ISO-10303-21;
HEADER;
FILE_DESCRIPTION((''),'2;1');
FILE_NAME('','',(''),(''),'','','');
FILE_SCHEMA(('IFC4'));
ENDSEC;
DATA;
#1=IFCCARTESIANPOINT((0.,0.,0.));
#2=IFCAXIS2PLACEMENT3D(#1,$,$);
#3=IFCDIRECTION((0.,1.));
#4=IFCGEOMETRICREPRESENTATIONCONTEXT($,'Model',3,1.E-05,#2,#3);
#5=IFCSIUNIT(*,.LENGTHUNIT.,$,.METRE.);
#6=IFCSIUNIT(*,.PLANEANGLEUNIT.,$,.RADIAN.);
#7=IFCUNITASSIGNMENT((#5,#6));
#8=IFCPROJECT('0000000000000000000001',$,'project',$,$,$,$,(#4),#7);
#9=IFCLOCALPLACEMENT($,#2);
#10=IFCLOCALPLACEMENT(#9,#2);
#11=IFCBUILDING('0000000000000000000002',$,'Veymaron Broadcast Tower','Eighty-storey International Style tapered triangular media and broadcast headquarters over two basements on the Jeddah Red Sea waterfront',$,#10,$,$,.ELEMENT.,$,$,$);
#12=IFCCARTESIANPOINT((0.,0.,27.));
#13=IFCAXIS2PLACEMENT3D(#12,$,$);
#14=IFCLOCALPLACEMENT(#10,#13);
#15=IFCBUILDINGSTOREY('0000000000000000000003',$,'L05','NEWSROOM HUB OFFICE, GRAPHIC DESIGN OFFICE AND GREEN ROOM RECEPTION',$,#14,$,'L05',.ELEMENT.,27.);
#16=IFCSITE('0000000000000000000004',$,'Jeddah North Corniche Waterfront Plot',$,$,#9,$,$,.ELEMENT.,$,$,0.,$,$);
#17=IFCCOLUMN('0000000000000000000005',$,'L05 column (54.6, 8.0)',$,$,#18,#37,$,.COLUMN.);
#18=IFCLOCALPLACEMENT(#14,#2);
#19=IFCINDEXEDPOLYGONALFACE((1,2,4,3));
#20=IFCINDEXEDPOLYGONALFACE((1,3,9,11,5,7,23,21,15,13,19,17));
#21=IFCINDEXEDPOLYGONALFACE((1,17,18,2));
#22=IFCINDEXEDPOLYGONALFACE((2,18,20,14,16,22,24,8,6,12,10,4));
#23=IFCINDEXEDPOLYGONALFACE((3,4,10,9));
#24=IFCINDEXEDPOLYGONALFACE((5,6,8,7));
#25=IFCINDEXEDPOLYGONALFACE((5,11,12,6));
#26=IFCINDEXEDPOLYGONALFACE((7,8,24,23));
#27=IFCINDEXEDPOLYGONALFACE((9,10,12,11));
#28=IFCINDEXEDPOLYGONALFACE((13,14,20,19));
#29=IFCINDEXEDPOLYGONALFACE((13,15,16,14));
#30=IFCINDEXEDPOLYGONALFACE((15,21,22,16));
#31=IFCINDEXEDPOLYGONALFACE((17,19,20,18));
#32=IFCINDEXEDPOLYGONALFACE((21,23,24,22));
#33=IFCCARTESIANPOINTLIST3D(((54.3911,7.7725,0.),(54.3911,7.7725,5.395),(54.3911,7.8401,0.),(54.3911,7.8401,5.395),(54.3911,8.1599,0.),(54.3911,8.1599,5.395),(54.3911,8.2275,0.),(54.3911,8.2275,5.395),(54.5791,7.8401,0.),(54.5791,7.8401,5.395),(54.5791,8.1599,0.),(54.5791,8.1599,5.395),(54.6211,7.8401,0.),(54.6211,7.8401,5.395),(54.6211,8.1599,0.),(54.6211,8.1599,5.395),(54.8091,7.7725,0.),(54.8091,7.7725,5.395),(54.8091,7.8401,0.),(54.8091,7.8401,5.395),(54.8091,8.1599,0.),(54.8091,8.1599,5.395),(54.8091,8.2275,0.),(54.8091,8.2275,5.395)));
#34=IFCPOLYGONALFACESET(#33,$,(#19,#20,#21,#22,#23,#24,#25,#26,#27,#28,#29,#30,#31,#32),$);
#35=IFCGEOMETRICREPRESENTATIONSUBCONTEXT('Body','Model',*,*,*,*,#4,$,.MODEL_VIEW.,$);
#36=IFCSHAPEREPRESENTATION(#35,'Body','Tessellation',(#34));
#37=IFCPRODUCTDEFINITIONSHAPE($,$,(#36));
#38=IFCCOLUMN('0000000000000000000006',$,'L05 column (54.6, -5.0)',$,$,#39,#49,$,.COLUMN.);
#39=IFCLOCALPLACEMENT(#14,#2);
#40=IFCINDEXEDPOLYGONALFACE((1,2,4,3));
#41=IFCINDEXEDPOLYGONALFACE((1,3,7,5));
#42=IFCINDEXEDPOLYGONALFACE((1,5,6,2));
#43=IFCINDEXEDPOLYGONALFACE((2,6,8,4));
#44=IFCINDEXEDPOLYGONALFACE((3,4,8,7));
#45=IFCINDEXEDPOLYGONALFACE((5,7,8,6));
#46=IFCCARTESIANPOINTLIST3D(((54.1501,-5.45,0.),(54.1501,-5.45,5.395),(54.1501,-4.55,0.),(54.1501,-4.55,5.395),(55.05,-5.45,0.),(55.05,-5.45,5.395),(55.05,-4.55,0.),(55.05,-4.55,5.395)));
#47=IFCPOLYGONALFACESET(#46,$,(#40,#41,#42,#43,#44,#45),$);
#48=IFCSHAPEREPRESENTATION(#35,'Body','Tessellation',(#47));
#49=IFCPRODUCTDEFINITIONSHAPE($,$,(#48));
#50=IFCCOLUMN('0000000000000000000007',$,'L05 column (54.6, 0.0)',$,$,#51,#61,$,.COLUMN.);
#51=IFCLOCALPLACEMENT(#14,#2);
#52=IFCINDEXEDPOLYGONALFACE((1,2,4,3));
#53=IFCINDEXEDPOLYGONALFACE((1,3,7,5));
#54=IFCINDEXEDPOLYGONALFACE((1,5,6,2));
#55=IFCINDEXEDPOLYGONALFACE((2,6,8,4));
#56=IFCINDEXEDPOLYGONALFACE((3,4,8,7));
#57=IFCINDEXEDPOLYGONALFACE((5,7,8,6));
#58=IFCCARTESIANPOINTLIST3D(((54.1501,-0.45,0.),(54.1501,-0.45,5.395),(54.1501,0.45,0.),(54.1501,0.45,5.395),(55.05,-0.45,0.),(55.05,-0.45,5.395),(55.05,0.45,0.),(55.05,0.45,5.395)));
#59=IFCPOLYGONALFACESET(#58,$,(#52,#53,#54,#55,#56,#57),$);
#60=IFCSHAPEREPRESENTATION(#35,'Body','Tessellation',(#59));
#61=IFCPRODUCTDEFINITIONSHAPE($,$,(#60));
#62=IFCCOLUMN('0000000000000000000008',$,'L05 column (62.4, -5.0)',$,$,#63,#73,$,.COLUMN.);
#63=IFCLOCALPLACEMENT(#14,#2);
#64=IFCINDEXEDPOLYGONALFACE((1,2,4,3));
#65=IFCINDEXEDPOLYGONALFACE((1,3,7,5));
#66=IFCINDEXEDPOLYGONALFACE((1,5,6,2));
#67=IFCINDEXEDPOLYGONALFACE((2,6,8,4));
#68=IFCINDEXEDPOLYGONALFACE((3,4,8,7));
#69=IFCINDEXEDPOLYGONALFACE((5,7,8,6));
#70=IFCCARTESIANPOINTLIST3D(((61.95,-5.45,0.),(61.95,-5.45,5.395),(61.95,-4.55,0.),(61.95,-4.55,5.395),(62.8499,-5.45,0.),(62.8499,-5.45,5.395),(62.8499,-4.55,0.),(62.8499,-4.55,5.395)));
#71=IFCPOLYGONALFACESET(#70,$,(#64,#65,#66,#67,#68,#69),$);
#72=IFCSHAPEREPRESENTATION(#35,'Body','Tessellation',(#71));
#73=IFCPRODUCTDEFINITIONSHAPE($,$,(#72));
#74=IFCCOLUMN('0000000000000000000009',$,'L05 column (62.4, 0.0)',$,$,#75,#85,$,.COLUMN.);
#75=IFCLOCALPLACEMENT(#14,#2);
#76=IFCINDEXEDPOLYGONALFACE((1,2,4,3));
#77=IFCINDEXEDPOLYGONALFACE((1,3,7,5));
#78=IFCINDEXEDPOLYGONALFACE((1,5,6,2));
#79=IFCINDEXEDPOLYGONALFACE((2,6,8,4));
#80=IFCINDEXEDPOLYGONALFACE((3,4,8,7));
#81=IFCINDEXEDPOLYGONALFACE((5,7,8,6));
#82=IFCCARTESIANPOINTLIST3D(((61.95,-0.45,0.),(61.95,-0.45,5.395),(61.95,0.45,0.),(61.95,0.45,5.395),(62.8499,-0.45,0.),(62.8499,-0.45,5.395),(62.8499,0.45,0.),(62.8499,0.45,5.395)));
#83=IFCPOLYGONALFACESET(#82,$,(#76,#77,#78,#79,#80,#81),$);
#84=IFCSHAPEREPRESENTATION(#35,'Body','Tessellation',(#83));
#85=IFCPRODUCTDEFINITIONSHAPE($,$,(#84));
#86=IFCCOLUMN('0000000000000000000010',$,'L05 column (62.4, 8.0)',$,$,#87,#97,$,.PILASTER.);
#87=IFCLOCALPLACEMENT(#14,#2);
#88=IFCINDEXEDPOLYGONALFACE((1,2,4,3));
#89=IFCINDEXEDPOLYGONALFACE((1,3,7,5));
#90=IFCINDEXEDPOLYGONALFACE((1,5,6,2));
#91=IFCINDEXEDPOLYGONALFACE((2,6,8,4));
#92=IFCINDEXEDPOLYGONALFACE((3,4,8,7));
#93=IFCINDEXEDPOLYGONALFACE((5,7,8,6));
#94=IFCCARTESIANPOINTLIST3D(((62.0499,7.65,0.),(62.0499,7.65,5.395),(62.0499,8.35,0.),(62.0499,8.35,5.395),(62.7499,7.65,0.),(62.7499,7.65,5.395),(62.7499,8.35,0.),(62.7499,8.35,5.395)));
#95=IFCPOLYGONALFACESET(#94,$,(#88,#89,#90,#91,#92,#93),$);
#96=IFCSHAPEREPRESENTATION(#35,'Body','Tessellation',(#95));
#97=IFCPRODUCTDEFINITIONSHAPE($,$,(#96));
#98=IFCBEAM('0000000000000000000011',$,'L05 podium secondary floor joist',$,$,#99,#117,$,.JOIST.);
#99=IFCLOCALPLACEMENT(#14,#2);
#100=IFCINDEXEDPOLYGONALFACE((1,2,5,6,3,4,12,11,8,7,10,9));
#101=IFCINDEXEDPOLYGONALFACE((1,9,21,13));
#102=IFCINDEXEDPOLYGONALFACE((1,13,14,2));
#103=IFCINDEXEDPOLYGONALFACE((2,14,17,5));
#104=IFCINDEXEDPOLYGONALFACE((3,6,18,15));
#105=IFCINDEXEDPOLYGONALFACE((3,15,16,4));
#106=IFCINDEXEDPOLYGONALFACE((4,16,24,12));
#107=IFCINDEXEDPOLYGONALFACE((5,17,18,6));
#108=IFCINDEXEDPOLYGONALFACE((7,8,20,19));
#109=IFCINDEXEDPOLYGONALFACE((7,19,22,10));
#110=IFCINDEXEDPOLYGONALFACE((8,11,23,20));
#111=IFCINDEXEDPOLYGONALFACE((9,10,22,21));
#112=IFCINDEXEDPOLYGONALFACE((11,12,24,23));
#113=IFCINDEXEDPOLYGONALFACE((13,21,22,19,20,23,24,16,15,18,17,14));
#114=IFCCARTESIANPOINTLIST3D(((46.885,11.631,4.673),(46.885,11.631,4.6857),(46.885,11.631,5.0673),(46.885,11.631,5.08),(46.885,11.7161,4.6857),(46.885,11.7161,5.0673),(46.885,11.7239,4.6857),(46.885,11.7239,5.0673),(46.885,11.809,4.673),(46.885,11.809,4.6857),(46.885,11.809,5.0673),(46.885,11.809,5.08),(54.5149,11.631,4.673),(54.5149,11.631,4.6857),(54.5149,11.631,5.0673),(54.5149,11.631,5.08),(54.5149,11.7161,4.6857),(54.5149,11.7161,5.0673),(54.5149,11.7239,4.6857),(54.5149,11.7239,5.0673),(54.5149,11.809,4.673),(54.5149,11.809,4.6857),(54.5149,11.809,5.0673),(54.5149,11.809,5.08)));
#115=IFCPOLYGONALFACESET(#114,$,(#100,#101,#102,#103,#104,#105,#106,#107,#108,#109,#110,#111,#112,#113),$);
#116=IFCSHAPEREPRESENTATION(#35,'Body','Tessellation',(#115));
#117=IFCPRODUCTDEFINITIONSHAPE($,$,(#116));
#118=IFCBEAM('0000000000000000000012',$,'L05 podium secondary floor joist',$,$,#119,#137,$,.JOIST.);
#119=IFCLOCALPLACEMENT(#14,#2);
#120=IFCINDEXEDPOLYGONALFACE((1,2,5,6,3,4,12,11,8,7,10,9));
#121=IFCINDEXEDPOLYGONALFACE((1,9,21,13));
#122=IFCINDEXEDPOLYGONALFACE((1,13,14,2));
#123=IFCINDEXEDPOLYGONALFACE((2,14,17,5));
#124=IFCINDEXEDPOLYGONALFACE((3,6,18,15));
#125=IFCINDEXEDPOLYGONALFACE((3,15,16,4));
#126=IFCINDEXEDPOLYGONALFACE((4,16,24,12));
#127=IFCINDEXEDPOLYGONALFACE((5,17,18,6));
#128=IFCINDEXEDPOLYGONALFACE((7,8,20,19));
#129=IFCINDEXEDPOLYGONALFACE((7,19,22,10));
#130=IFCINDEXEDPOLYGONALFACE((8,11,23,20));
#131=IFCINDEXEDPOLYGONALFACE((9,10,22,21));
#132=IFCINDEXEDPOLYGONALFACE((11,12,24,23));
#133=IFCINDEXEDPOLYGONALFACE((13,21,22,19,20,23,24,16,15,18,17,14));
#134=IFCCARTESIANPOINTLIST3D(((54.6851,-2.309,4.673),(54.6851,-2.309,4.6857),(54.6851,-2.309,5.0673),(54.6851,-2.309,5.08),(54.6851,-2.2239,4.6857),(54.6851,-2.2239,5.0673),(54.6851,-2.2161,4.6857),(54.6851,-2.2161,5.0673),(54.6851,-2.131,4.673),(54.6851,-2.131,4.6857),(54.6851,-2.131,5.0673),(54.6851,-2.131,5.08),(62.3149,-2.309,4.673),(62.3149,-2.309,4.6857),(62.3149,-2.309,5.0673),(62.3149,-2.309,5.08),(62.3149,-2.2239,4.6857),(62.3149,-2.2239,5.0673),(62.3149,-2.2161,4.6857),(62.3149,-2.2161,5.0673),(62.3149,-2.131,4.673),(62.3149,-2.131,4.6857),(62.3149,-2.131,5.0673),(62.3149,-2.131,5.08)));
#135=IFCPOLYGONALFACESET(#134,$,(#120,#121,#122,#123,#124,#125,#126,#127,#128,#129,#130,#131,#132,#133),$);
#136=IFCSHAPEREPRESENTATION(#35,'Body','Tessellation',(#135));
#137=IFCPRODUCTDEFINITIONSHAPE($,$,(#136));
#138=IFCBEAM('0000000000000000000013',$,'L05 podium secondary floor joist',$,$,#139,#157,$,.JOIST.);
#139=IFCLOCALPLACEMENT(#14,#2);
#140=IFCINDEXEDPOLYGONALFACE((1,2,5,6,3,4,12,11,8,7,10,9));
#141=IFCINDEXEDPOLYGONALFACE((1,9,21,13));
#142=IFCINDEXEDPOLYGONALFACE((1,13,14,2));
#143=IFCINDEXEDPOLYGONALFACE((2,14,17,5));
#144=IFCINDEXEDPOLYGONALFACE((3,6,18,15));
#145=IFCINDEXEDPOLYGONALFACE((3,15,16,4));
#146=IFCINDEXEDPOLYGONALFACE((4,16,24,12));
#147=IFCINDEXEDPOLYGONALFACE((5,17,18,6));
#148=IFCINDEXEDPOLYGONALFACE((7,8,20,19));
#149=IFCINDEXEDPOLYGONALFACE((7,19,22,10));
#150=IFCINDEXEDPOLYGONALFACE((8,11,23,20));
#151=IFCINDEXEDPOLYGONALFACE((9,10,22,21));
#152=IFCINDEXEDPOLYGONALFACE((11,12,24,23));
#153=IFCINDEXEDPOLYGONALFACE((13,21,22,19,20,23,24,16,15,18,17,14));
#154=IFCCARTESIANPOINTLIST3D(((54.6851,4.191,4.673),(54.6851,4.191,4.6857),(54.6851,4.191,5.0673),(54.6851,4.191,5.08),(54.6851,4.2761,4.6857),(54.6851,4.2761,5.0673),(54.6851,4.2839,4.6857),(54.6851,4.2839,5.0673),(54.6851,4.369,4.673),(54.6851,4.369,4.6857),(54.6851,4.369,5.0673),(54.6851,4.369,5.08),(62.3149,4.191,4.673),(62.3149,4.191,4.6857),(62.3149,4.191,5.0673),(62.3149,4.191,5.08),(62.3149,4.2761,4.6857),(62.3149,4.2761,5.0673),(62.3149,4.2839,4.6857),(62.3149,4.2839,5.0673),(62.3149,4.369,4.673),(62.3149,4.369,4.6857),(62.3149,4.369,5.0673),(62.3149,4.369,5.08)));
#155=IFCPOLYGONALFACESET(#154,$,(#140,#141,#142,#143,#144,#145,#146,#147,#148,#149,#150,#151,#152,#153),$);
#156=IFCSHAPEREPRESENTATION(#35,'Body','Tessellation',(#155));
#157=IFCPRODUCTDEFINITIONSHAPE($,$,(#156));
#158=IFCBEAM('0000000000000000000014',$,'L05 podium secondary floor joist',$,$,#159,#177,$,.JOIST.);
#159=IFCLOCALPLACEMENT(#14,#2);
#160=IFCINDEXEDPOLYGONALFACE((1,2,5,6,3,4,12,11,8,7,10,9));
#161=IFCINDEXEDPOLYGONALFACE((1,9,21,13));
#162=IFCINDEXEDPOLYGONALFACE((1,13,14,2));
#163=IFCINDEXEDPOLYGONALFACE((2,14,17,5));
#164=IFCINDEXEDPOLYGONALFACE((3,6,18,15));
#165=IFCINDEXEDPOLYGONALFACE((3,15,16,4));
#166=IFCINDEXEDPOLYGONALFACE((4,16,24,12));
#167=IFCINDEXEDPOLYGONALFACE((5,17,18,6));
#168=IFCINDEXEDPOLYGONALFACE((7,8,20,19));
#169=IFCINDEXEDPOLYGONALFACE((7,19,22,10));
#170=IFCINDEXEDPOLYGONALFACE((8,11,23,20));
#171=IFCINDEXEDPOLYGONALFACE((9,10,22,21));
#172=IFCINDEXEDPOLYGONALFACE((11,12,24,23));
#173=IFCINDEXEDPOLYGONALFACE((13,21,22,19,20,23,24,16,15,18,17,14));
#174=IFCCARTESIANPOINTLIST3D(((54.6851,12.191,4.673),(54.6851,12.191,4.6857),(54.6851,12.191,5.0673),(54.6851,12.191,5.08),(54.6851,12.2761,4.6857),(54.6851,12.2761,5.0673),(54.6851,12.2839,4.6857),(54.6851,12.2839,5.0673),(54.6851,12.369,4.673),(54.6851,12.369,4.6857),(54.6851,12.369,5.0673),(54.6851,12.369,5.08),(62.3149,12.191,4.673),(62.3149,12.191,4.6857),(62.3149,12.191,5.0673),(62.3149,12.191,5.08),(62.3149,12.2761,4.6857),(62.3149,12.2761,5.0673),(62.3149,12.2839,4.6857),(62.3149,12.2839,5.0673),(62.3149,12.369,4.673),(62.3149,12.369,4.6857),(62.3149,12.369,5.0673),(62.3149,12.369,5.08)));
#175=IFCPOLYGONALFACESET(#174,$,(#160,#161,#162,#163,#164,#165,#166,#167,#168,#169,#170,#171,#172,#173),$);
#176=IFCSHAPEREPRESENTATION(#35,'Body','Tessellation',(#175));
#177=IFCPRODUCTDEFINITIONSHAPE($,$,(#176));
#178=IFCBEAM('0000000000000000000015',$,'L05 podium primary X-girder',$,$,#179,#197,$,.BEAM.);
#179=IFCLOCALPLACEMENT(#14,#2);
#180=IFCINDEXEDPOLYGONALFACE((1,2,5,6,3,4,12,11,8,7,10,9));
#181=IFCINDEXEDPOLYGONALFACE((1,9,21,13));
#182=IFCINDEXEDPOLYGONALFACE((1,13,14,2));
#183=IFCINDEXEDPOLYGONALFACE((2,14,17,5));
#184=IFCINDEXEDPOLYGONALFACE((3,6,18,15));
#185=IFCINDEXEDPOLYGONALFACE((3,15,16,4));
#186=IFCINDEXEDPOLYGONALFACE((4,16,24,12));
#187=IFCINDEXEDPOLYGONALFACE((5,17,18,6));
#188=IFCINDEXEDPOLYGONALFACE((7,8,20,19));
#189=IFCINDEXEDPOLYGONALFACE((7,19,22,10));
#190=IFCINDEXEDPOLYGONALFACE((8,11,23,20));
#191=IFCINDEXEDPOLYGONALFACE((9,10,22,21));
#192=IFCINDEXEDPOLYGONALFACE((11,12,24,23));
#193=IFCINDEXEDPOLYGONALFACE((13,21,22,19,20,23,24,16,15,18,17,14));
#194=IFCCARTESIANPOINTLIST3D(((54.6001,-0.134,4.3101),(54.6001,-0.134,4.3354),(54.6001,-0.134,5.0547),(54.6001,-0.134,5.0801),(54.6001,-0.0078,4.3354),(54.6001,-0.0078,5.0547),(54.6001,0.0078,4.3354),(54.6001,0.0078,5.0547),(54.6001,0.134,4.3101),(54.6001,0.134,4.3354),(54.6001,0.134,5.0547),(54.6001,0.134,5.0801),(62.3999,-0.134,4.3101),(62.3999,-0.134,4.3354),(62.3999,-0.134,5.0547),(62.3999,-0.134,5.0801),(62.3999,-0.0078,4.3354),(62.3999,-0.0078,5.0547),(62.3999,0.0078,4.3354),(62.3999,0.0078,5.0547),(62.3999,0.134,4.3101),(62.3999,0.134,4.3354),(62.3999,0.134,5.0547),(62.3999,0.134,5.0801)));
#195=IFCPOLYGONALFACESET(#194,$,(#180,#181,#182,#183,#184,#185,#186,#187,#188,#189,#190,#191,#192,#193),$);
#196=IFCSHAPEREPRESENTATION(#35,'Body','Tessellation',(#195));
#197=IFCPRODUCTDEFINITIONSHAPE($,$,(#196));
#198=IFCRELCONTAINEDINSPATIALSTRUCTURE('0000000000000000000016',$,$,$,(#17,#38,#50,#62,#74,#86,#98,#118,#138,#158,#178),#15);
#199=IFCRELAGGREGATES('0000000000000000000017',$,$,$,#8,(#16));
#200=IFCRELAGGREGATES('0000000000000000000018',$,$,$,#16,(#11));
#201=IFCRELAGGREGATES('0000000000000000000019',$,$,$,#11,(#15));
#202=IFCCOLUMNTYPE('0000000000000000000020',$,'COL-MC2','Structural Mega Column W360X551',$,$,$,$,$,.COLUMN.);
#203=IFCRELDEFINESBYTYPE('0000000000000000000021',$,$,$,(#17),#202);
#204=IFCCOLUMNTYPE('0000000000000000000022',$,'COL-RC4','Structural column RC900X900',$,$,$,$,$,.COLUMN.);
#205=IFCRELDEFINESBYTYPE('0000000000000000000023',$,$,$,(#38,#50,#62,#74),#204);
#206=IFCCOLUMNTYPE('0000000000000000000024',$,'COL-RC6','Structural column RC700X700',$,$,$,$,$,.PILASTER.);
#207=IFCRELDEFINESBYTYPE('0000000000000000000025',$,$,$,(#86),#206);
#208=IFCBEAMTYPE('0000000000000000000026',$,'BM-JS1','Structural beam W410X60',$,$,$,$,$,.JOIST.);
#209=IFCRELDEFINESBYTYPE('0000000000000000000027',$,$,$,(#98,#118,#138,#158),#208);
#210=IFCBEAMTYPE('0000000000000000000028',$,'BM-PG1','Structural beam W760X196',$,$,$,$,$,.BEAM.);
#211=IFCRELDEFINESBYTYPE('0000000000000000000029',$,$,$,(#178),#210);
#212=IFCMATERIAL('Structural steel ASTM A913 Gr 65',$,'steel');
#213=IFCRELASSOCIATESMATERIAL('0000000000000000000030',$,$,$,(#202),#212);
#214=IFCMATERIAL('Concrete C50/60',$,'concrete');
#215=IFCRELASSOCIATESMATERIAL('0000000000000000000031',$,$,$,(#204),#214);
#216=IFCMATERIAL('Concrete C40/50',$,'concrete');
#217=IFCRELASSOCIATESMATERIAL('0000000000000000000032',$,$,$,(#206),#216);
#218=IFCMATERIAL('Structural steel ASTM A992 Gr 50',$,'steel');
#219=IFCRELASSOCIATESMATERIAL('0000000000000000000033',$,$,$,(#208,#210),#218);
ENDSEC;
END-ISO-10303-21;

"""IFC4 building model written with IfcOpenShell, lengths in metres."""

from ifc_helpers import new_model, si_unit, direction, frame, origin, origin_2d, place, context, subcontext, project, spatial, rectangle, i_section, extrude, material, material_profile, profile_set, type_object, element, save


model = new_model("IFC4")

# Units and contexts
model_context = context("Model", 3, precision=1e-05, world=origin(), true_north=direction((0.0, 1.0)))
body_context = subcontext(model_context, "Body", "Model", "MODEL_VIEW")
ifc_project = project(units=[si_unit("LENGTHUNIT", "METRE"), si_unit("PLANEANGLEUNIT", "RADIAN")], contexts=[model_context])

# Site, building, storey
site_placement = place(None, origin())
site = spatial("IfcSite", under=ifc_project, at=site_placement, Name="Jeddah North Corniche Waterfront Plot", CompositionType="ELEMENT", RefElevation=0.0)
building_placement = place(site_placement, origin())
building = spatial("IfcBuilding", under=site, at=building_placement, Name="Veymaron Broadcast Tower", Description="Eighty-storey International Style tapered triangular media and broadcast headquarters over two basements on the Jeddah Red Sea waterfront", CompositionType="ELEMENT")
storey_placement = place(building_placement, frame((0.0, 0.0, 27.0)))
storey = spatial("IfcBuildingStorey", under=building, at=storey_placement, Name="L05", Description="NEWSROOM HUB OFFICE, GRAPHIC DESIGN OFFICE AND GREEN ROOM RECEPTION", LongName="L05", CompositionType="ELEMENT", Elevation=27.0)

# Columns
ifc_material_1 = material(Name="Structural steel ASTM A913 Gr 65", Category="steel")
ifc_material_profile_1 = material_profile(ifc_material_1, i_section(OverallWidth=0.418, OverallDepth=0.4551, WebThickness=0.042, FlangeThickness=0.0676, at=origin_2d()), Name="W360X551")
ifc_profile_set_1 = profile_set([ifc_material_profile_1], Name="Structural steel ASTM A913 Gr 65")
column_type_1 = type_object("IfcColumnType", Name="COL-MC2", Description="Structural Mega Column W360X551", PredefinedType="COLUMN", material=ifc_profile_set_1)
column_1_placement = place(storey_placement, frame((54.6001, 8.0, 0.0), z_axis=(0.0, 0.0, 1.0), x_axis=(1.0, 0.0, 0.0)))
element("IfcColumn", 1, at=column_1_placement, inside=storey, type_object=column_type_1, Name="L05 column (54.6, 8.0)", PredefinedType="COLUMN", context=body_context, shape_type="SweptSolid", body=[
    extrude(i_section(OverallWidth=0.418, OverallDepth=0.4551, WebThickness=0.042, FlangeThickness=0.0676, at=origin_2d()), origin(), (0.0, 0.0, 1.0), 5.395),
])
ifc_material_2 = material(Name="Concrete C50/60", Category="concrete")
ifc_material_profile_2 = material_profile(ifc_material_2, rectangle(XDim=0.8999, YDim=0.8999, at=origin_2d()), Name="RC900X900")
ifc_profile_set_2 = profile_set([ifc_material_profile_2], Name="Concrete C50/60")
column_type_2 = type_object("IfcColumnType", Name="COL-RC4", Description="Structural column RC900X900", PredefinedType="COLUMN", material=ifc_profile_set_2)
for number, where, z_axis, x_axis, name in (
    (2, (54.6001, -5.0, 0.0), (0.0, 0.0, 1.0), (1.0, 0.0, 0.0), "L05 column (54.6, -5.0)"),
    (3, (54.6001, 0.0, 0.0), (0.0, 0.0, 1.0), (1.0, 0.0, 0.0), "L05 column (54.6, 0.0)"),
    (4, (62.3999, -5.0, 0.0), (0.0, 0.0, 1.0), (1.0, 0.0, 0.0), "L05 column (62.4, -5.0)"),
    (5, (62.3999, 0.0, 0.0), (0.0, 0.0, 1.0), (1.0, 0.0, 0.0), "L05 column (62.4, 0.0)"),
):
    element("IfcColumn", number, at=place(storey_placement, frame(where, z_axis=z_axis, x_axis=x_axis)), inside=storey, type_object=column_type_2, Name=name, PredefinedType="COLUMN", context=body_context, shape_type="SweptSolid", body=[
        extrude(rectangle(XDim=0.8999, YDim=0.8999, at=origin_2d()), origin(), (0.0, 0.0, 1.0), 5.395),
    ])
ifc_material_3 = material(Name="Concrete C40/50", Category="concrete")
ifc_material_profile_3 = material_profile(ifc_material_3, rectangle(XDim=0.7, YDim=0.7, at=origin_2d()), Name="RC700X700")
ifc_profile_set_3 = profile_set([ifc_material_profile_3], Name="Concrete C40/50")
column_type_3 = type_object("IfcColumnType", Name="COL-RC6", Description="Structural column RC700X700", PredefinedType="PILASTER", material=ifc_profile_set_3)
column_2_placement = place(storey_placement, frame((62.3999, 8.0, 0.0), z_axis=(0.0, 0.0, 1.0), x_axis=(1.0, 0.0, 0.0)))
element("IfcColumn", 6, at=column_2_placement, inside=storey, type_object=column_type_3, Name="L05 column (62.4, 8.0)", PredefinedType="PILASTER", context=body_context, shape_type="SweptSolid", body=[
    extrude(rectangle(XDim=0.7, YDim=0.7, at=origin_2d()), origin(), (0.0, 0.0, 1.0), 5.395),
])

# Beams
ifc_material_4 = material(Name="Structural steel ASTM A992 Gr 50", Category="steel")
ifc_material_profile_4 = material_profile(ifc_material_4, i_section(OverallWidth=0.178, OverallDepth=0.407, WebThickness=0.0078, FlangeThickness=0.0127, at=origin_2d()), Name="W410X60")
ifc_profile_set_4 = profile_set([ifc_material_profile_4], Name="Structural steel ASTM A992 Gr 50")
beam_type_1 = type_object("IfcBeamType", Name="BM-JS1", Description="Structural beam W410X60", PredefinedType="JOIST", material=ifc_profile_set_4)
for number, where, z_axis, x_axis, name in (
    (7, (46.885, 11.72, 4.8765), (1.0, 0.0, 0.0), (0.0, 1.0, 0.0), "L05 podium secondary floor joist"),
    (8, (54.6851, -2.22, 4.8765), (1.0, 0.0, 0.0), (0.0, 1.0, 0.0), "L05 podium secondary floor joist"),
    (9, (54.6851, 4.28, 4.8765), (1.0, 0.0, 0.0), (0.0, 1.0, 0.0), "L05 podium secondary floor joist"),
    (10, (54.6851, 12.28, 4.8765), (1.0, 0.0, 0.0), (0.0, 1.0, 0.0), "L05 podium secondary floor joist"),
):
    element("IfcBeam", number, at=place(storey_placement, frame(where, z_axis=z_axis, x_axis=x_axis)), inside=storey, type_object=beam_type_1, Name=name, PredefinedType="JOIST", context=body_context, shape_type="SweptSolid", body=[
        extrude(i_section(OverallWidth=0.178, OverallDepth=0.407, WebThickness=0.0078, FlangeThickness=0.0127, at=origin_2d()), origin(), (0.0, 0.0, 1.0), 7.6299),
    ])
ifc_material_profile_5 = material_profile(ifc_material_4, i_section(OverallWidth=0.2681, OverallDepth=0.77, WebThickness=0.0156, FlangeThickness=0.0254, at=origin_2d()), Name="W760X196")
ifc_profile_set_5 = profile_set([ifc_material_profile_5], Name="Structural steel ASTM A992 Gr 50")
beam_type_2 = type_object("IfcBeamType", Name="BM-PG1", Description="Structural beam W760X196", PredefinedType="BEAM", material=ifc_profile_set_5)
for number, where, z_axis, x_axis, name in (
    (11, (54.6001, 0.0, 4.6951), (1.0, 0.0, 0.0), (0.0, 1.0, 0.0), "L05 podium primary X-girder"),
):
    element("IfcBeam", number, at=place(storey_placement, frame(where, z_axis=z_axis, x_axis=x_axis)), inside=storey, type_object=beam_type_2, Name=name, PredefinedType="BEAM", context=body_context, shape_type="SweptSolid", body=[
        extrude(i_section(OverallWidth=0.2681, OverallDepth=0.77, WebThickness=0.0156, FlangeThickness=0.0254, at=origin_2d()), origin(), (0.0, 0.0, 1.0), 7.7998),
    ])

save(model, "model.ifc")
